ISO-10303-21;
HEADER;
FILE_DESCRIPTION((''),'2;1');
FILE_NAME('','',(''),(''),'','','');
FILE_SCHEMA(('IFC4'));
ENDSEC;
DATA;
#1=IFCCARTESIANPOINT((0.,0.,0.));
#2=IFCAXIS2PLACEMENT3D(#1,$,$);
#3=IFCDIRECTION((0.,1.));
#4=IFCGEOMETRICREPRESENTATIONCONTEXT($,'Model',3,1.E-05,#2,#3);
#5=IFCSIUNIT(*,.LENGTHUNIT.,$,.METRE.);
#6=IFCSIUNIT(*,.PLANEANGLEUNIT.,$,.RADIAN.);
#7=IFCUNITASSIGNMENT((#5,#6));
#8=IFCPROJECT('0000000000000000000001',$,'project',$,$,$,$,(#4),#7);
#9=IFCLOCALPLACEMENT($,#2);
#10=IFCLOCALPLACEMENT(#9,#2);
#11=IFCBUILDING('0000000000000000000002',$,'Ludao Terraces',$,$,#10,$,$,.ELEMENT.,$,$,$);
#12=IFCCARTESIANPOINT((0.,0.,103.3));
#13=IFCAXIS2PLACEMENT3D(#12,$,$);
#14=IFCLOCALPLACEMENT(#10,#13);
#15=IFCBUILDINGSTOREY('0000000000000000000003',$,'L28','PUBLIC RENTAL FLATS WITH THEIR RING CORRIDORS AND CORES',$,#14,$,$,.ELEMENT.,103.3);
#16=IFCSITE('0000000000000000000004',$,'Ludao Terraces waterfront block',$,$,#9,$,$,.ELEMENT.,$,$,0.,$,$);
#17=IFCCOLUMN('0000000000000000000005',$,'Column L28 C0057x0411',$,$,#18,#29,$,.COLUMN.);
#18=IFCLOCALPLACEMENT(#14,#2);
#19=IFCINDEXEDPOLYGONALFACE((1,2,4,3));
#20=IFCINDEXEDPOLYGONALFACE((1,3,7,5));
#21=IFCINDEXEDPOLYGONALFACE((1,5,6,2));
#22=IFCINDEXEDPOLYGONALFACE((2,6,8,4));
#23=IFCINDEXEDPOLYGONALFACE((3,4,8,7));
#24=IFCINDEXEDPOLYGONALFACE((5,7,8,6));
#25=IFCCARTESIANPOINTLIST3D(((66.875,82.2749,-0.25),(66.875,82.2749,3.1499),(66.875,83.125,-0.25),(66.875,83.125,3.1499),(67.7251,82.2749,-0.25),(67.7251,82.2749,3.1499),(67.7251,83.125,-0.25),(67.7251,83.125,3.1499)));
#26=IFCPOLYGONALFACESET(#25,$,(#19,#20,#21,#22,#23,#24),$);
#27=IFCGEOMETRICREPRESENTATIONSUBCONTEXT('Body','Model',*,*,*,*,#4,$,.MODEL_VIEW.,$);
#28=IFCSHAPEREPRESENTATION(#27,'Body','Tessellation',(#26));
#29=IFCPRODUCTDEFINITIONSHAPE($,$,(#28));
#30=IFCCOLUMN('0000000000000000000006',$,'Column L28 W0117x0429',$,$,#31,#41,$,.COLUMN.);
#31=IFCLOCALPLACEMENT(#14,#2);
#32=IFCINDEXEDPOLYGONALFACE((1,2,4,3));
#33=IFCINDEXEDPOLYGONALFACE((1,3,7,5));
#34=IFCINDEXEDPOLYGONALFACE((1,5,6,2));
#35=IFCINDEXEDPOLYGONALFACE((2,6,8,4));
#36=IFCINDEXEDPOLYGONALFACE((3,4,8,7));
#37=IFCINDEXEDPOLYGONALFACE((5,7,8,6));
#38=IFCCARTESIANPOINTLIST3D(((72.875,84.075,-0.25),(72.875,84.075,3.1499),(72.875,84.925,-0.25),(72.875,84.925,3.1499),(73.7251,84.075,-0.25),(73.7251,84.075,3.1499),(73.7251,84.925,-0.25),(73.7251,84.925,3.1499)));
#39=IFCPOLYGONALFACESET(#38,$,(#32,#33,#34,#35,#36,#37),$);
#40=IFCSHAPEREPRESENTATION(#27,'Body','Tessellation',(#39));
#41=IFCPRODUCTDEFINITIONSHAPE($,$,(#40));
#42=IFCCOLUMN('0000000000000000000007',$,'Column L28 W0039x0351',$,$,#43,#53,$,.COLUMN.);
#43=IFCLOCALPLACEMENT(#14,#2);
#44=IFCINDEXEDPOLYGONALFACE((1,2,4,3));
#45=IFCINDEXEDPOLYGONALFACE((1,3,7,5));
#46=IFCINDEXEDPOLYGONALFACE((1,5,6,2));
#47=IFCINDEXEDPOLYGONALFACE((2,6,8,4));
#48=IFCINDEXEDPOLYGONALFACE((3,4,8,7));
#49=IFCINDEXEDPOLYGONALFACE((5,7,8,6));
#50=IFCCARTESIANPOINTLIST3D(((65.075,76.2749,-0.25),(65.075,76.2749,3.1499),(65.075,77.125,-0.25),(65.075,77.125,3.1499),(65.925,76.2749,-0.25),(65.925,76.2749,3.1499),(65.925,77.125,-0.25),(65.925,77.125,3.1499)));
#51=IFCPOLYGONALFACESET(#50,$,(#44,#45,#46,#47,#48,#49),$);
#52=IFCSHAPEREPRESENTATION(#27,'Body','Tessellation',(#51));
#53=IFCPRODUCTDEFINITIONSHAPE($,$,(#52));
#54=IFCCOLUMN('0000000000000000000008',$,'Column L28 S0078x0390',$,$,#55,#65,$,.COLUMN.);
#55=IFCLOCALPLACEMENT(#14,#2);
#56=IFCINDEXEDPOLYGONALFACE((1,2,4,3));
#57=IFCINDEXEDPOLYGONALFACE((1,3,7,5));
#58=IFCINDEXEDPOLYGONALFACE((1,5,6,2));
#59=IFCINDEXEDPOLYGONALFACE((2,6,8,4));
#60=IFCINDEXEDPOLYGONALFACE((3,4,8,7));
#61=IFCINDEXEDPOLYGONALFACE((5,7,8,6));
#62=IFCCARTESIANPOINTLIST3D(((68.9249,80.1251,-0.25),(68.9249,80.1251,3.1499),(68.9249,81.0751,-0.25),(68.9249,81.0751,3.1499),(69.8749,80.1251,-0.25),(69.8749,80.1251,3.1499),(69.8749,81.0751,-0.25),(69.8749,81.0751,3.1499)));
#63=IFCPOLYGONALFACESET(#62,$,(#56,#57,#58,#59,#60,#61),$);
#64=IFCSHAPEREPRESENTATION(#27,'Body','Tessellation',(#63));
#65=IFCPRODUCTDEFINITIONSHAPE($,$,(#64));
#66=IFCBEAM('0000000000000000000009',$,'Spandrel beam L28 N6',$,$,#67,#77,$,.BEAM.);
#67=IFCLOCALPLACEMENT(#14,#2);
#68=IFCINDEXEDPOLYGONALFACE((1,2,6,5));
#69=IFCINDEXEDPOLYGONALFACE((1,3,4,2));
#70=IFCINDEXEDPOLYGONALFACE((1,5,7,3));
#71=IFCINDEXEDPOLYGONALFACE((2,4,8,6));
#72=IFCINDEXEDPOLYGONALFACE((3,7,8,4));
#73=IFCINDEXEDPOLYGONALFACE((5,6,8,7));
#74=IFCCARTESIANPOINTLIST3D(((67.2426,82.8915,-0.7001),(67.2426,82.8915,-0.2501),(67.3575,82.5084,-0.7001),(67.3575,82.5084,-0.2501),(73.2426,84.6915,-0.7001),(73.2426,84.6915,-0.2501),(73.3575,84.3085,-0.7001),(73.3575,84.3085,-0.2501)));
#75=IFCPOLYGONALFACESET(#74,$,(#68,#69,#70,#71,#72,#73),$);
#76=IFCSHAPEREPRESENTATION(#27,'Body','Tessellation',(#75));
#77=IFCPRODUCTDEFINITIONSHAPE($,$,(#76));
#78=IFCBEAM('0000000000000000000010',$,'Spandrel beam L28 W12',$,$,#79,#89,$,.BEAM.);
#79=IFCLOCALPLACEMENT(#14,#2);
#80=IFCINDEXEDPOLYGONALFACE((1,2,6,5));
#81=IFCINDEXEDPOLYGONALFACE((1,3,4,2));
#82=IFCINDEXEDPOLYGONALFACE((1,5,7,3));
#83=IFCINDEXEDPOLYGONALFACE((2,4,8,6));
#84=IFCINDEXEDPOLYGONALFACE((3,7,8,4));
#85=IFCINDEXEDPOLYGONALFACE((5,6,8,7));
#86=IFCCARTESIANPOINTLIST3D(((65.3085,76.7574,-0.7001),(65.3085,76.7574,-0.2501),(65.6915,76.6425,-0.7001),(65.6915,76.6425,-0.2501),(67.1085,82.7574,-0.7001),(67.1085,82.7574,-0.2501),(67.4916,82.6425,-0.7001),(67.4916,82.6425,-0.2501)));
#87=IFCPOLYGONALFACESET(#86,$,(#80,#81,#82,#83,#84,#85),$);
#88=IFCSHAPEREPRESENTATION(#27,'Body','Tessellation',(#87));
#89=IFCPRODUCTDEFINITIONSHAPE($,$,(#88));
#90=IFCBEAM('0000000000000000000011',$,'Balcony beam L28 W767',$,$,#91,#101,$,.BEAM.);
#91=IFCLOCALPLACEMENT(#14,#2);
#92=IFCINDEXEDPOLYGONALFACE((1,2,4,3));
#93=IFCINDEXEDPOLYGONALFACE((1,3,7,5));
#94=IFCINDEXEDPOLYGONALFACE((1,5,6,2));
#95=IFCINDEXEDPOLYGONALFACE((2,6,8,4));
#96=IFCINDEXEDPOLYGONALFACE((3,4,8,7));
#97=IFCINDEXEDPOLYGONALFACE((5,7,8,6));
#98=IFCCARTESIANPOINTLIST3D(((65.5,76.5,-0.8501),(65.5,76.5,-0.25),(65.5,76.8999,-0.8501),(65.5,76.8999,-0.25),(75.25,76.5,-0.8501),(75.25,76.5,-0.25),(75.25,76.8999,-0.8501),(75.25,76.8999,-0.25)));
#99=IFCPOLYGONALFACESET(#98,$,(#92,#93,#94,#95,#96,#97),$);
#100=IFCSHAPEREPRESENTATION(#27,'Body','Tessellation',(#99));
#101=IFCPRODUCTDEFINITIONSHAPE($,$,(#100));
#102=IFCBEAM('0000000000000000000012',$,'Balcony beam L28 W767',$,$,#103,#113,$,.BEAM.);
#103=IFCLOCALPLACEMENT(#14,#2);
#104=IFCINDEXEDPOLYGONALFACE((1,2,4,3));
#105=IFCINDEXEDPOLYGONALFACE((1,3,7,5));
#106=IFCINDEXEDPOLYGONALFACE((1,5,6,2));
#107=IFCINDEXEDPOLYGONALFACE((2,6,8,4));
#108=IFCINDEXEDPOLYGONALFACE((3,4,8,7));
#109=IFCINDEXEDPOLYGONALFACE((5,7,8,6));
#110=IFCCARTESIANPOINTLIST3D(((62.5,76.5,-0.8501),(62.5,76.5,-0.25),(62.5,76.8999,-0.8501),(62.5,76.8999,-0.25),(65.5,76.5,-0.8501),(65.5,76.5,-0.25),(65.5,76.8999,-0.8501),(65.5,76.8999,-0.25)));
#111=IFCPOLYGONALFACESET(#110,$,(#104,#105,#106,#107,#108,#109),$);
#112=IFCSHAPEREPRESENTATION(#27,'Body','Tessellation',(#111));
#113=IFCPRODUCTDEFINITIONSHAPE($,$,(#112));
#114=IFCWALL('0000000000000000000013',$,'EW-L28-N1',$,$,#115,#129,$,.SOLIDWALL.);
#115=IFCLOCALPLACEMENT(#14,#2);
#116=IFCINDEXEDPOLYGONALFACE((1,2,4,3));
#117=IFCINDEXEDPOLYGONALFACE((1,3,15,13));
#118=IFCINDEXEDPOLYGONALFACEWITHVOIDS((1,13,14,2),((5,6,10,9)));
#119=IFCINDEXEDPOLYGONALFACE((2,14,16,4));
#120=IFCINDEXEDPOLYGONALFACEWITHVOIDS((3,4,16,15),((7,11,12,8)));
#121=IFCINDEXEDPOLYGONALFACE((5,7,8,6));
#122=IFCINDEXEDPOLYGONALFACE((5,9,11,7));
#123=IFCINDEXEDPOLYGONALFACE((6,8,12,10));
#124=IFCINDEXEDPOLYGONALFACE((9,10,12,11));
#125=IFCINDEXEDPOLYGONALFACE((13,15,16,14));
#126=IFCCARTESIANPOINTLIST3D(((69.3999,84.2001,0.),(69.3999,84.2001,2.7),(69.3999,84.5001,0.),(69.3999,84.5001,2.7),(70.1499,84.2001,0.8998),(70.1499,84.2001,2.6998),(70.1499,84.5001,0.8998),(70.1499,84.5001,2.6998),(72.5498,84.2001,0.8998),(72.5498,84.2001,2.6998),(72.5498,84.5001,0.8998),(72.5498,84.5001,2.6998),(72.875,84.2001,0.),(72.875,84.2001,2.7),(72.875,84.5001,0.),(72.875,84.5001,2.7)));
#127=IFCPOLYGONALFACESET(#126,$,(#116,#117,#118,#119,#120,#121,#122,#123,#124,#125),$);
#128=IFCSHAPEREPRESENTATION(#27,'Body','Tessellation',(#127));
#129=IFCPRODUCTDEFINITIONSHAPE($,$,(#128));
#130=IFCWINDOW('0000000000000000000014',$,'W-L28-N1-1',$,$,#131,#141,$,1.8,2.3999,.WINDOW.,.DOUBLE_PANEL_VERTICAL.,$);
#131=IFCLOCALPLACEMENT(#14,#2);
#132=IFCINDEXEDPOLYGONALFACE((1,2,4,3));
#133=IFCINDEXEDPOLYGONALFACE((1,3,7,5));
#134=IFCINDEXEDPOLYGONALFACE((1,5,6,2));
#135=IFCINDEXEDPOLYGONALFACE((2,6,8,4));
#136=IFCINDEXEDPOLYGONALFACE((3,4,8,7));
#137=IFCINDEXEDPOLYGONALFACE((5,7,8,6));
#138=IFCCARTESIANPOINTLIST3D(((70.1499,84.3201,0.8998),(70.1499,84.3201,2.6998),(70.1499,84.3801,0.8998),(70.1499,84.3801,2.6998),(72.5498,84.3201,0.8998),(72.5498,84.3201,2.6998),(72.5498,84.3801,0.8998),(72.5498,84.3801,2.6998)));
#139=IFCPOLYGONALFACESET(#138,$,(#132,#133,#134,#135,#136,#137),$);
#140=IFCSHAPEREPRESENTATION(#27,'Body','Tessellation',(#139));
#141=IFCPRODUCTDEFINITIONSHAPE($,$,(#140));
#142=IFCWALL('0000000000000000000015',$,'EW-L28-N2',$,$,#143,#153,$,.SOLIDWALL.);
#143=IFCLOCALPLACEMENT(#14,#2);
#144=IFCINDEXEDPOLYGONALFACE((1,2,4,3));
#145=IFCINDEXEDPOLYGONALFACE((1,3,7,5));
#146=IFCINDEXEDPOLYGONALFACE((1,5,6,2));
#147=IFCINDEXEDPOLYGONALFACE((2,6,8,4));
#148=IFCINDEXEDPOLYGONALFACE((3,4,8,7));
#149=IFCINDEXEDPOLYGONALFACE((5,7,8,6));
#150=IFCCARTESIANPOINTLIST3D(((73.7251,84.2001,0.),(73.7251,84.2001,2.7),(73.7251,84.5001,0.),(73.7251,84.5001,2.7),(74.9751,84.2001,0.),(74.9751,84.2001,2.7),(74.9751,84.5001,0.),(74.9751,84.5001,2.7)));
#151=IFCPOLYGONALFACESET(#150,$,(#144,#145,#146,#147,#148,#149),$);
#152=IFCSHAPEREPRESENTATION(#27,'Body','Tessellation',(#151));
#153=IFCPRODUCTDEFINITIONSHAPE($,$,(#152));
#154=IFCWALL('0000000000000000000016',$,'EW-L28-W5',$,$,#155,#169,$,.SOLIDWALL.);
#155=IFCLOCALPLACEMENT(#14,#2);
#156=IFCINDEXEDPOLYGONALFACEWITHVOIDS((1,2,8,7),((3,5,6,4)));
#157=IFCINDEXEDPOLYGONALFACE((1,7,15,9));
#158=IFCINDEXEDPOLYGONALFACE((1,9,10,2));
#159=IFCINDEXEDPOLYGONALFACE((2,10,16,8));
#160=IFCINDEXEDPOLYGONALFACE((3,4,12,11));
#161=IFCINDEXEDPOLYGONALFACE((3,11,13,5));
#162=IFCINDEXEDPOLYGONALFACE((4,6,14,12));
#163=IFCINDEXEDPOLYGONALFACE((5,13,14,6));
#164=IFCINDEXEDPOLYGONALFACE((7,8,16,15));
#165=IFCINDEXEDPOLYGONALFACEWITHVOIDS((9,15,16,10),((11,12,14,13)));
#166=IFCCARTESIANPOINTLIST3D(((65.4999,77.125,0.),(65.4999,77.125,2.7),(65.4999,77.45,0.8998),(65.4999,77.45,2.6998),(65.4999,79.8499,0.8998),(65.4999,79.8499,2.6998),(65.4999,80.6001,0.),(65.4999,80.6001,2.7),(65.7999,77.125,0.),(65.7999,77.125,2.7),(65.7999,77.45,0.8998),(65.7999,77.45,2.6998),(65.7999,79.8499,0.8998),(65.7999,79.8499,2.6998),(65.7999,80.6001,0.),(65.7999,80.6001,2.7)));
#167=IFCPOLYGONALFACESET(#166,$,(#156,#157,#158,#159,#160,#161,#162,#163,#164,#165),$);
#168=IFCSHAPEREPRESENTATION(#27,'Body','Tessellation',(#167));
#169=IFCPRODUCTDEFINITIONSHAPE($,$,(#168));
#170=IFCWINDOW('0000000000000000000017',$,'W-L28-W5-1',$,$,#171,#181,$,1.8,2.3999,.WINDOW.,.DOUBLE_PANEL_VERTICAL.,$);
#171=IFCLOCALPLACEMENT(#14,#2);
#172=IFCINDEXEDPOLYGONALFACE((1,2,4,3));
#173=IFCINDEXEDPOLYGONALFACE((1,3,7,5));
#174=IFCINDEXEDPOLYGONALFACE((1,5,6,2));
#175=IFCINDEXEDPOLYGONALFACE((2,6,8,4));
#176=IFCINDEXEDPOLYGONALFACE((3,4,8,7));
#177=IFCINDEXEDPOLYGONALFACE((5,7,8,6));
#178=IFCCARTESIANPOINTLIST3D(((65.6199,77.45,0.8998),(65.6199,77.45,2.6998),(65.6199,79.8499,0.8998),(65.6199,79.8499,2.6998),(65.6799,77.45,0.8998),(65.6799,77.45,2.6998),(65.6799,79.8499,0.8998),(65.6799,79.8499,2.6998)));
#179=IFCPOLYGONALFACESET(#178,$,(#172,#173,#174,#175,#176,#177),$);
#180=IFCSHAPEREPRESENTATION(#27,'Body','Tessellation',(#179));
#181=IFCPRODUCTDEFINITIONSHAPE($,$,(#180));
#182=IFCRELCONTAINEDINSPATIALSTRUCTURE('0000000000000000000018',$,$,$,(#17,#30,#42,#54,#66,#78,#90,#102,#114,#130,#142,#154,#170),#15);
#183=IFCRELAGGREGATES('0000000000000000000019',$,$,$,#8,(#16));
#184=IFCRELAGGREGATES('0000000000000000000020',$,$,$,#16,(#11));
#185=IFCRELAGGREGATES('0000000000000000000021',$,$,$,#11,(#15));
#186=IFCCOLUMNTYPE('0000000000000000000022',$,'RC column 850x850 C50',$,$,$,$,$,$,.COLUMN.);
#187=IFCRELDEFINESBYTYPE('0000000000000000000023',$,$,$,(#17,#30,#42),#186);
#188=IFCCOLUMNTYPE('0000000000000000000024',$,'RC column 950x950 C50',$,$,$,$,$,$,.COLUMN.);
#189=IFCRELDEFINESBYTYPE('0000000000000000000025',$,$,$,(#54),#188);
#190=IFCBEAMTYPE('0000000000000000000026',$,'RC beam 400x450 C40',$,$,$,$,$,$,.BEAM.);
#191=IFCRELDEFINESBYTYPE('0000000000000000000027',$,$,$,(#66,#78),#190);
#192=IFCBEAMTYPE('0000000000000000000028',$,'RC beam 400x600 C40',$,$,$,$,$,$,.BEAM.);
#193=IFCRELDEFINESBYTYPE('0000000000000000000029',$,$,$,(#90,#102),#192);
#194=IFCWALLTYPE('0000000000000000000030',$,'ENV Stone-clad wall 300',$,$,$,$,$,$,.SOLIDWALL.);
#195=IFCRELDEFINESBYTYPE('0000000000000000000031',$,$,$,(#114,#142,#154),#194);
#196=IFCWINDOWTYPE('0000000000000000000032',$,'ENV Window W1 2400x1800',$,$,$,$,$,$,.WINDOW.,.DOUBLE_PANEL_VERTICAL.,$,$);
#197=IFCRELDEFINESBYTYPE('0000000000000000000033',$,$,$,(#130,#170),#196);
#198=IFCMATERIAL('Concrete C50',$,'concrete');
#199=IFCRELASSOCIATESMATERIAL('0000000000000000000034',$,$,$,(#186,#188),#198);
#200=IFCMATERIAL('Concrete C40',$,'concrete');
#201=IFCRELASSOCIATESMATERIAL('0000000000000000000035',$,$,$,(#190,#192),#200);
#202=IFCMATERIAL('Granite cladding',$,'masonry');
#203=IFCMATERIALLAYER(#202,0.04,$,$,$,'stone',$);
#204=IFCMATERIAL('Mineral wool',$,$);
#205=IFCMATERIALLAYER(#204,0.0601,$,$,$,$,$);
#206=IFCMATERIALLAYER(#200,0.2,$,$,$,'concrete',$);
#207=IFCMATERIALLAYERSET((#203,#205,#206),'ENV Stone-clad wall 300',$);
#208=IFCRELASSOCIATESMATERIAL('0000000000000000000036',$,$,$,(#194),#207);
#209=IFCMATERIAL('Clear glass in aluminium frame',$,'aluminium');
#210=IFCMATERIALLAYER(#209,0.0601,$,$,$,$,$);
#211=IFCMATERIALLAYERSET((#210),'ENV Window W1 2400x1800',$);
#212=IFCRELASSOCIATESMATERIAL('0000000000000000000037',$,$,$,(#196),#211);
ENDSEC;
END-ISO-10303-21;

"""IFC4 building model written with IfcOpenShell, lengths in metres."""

from ifc_helpers import new_model, si_unit, direction, frame, frame_2d, origin, origin_2d, place, context, subcontext, project, spatial, rectangle, extrude, material, layer, layer_set, material_profile, profile_set, type_object, element, fill, save


model = new_model("IFC4")

# Units and contexts
model_context = context("Model", 3, precision=1e-05, world=origin(), true_north=direction((0.0, 1.0)))
body_context = subcontext(model_context, "Body", "Model", "MODEL_VIEW")
ifc_project = project(units=[si_unit("LENGTHUNIT", "METRE"), si_unit("PLANEANGLEUNIT", "RADIAN")], contexts=[model_context])

# Site, building, storey
site_placement = place(None, origin())
site = spatial("IfcSite", under=ifc_project, at=site_placement, Name="Ludao Terraces waterfront block", CompositionType="ELEMENT", RefElevation=0.0)
building_placement = place(site_placement, origin())
building = spatial("IfcBuilding", under=site, at=building_placement, Name="Ludao Terraces", CompositionType="ELEMENT")
storey_placement = place(building_placement, frame((0.0, 0.0, 103.3)))
storey = spatial("IfcBuildingStorey", under=building, at=storey_placement, Name="L28", Description="PUBLIC RENTAL FLATS WITH THEIR RING CORRIDORS AND CORES", CompositionType="ELEMENT", Elevation=103.3)

# Columns
ifc_material_1 = material(Name="Concrete C50", Category="concrete")
ifc_material_profile_1 = material_profile(ifc_material_1, rectangle(XDim=0.8501, YDim=0.8501, at=origin_2d()), Name="850 X 850")
ifc_profile_set_1 = profile_set([ifc_material_profile_1], Name="Concrete C50")
column_type_1 = type_object("IfcColumnType", Name="RC column 850x850 C50", PredefinedType="COLUMN", material=ifc_profile_set_1)
for number, where, z_axis, x_axis, name in (
    (1, (67.3, 82.7, -0.25), (0.0, 0.0, 1.0), (1.0, 0.0, 0.0), "Column L28 C0057x0411"),
    (2, (73.3, 84.5, -0.25), (0.0, 0.0, 1.0), (1.0, 0.0, 0.0), "Column L28 W0117x0429"),
    (3, (65.5, 76.7, -0.25), (0.0, 0.0, 1.0), (1.0, 0.0, 0.0), "Column L28 W0039x0351"),
):
    element("IfcColumn", number, at=place(storey_placement, frame(where, z_axis=z_axis, x_axis=x_axis)), inside=storey, type_object=column_type_1, Name=name, PredefinedType="COLUMN", context=body_context, shape_type="SweptSolid", body=[
        extrude(rectangle(XDim=0.8501, YDim=0.8501, at=origin_2d()), origin(), (0.0, 0.0, 1.0), 3.3999),
    ])
ifc_material_profile_2 = material_profile(ifc_material_1, rectangle(XDim=0.95, YDim=0.95, at=origin_2d()), Name="950 X 950")
ifc_profile_set_2 = profile_set([ifc_material_profile_2], Name="Concrete C50")
column_type_2 = type_object("IfcColumnType", Name="RC column 950x950 C50", PredefinedType="COLUMN", material=ifc_profile_set_2)
column_placement = place(storey_placement, frame((69.3999, 80.6001, -0.25), z_axis=(0.0, 0.0, 1.0), x_axis=(1.0, 0.0, 0.0)))
element("IfcColumn", 4, at=column_placement, inside=storey, type_object=column_type_2, Name="Column L28 S0078x0390", PredefinedType="COLUMN", context=body_context, shape_type="SweptSolid", body=[
    extrude(rectangle(XDim=0.95, YDim=0.95, at=origin_2d()), origin(), (0.0, 0.0, 1.0), 3.3999),
])

# Beams
ifc_material_2 = material(Name="Concrete C40", Category="concrete")
ifc_material_profile_3 = material_profile(ifc_material_2, rectangle(XDim=0.3999, YDim=0.45, at=origin_2d()), Name="400 X 450")
ifc_profile_set_3 = profile_set([ifc_material_profile_3], Name="Concrete C40")
beam_type_1 = type_object("IfcBeamType", Name="RC beam 400x450 C40", PredefinedType="BEAM", material=ifc_profile_set_3)
for number, where, z_axis, x_axis, name in (
    (5, (67.3, 82.7, -0.4751), (0.957824, 0.287355, 0.0), (-0.287355, 0.957824, 0.0), "Spandrel beam L28 N6"),
    (6, (65.5, 76.7, -0.4751), (0.287355, 0.957824, 0.0), (-0.957824, 0.287355, 0.0), "Spandrel beam L28 W12"),
):
    element("IfcBeam", number, at=place(storey_placement, frame(where, z_axis=z_axis, x_axis=x_axis)), inside=storey, type_object=beam_type_1, Name=name, PredefinedType="BEAM", context=body_context, shape_type="SweptSolid", body=[
        extrude(rectangle(XDim=0.3999, YDim=0.45, at=origin_2d()), origin(), (0.0, 0.0, 1.0), 6.2642),
    ])
ifc_material_profile_4 = material_profile(ifc_material_2, rectangle(XDim=0.3999, YDim=0.6001, at=origin_2d()), Name="400 X 600")
ifc_profile_set_4 = profile_set([ifc_material_profile_4], Name="Concrete C40")
beam_type_2 = type_object("IfcBeamType", Name="RC beam 400x600 C40", PredefinedType="BEAM", material=ifc_profile_set_4)
beam_1_placement = place(storey_placement, frame((75.25, 76.7, -0.55), z_axis=(-1.0, 0.0, 0.0), x_axis=(0.0, -1.0, 0.0)))
element("IfcBeam", 7, at=beam_1_placement, inside=storey, type_object=beam_type_2, Name="Balcony beam L28 W767", PredefinedType="BEAM", context=body_context, shape_type="SweptSolid", body=[
    extrude(rectangle(XDim=0.3999, YDim=0.6001, at=origin_2d()), origin(), (0.0, 0.0, 1.0), 9.75),
])
beam_2_placement = place(storey_placement, frame((65.5, 76.7, -0.55), z_axis=(-1.0, 0.0, 0.0), x_axis=(0.0, -1.0, 0.0)))
element("IfcBeam", 8, at=beam_2_placement, inside=storey, type_object=beam_type_2, Name="Balcony beam L28 W767", PredefinedType="BEAM", context=body_context, shape_type="SweptSolid", body=[
    extrude(rectangle(XDim=0.3999, YDim=0.6001, at=origin_2d()), origin(), (0.0, 0.0, 1.0), 3.0),
])

# Wall, opening, window
ifc_material_3 = material(Name="Granite cladding", Category="masonry")
ifc_layer_1 = layer(ifc_material_3, 0.04, Category="stone")
ifc_material_4 = material(Name="Mineral wool")
ifc_layer_2 = layer(ifc_material_4, 0.0601)
ifc_layer_3 = layer(ifc_material_2, 0.2, Category="concrete")
ifc_layer_set_1 = layer_set([ifc_layer_1, ifc_layer_2, ifc_layer_3], Name="ENV Stone-clad wall 300")
wall_type_1 = type_object("IfcWallType", Name="ENV Stone-clad wall 300", PredefinedType="SOLIDWALL", material=ifc_layer_set_1)
wall_1_placement = place(storey_placement, frame((69.3999, 84.3501, 0.0), z_axis=(0.0, 0.0, 1.0), x_axis=(1.0, 0.0, 0.0)))
wall_1 = element("IfcWall", 9, at=wall_1_placement, inside=storey, type_object=wall_type_1, Name="EW-L28-N1", PredefinedType="SOLIDWALL", context=body_context, shape_type="SweptSolid", body=[
    extrude(rectangle(XDim=3.4751, YDim=0.3, at=frame_2d((1.7375, 0.0))), origin(), (0.0, 0.0, 1.0), 2.7),
])
opening_1_placement = place(wall_1_placement, frame((0.75, 0.0, 0.8999)))
opening_1 = element("IfcOpeningElement", 10, at=opening_1_placement, cuts=wall_1, PredefinedType="OPENING", context=body_context, shape_type="SweptSolid", body=[
    extrude(rectangle(XDim=2.3999, YDim=1.8, at=frame_2d((1.2, 0.8999))), frame((0.0, 0.1602, 0.0), z_axis=(0.0, -1.0, 0.0), x_axis=(1.0, 0.0, 0.0)), (0.0, 0.0, 1.0), 0.3201),
])
ifc_material_5 = material(Name="Clear glass in aluminium frame", Category="aluminium")
ifc_layer_4 = layer(ifc_material_5, 0.0601)
ifc_layer_set_2 = layer_set([ifc_layer_4], Name="ENV Window W1 2400x1800")
window_type_1 = type_object("IfcWindowType", Name="ENV Window W1 2400x1800", PartitioningType="DOUBLE_PANEL_VERTICAL", PredefinedType="WINDOW", material=ifc_layer_set_2)
window_1_placement = place(opening_1_placement, origin())
window_1 = element("IfcWindow", 11, at=window_1_placement, inside=storey, type_object=window_type_1, Name="W-L28-N1-1", OverallHeight=1.8, OverallWidth=2.3999, PartitioningType="DOUBLE_PANEL_VERTICAL", PredefinedType="WINDOW", context=body_context, shape_type="SweptSolid", body=[
    extrude(rectangle(XDim=2.3999, YDim=1.8, at=frame_2d((1.2, 0.8999))), frame((0.0, 0.03, 0.0), z_axis=(0.0, -1.0, 0.0), x_axis=(1.0, 0.0, 0.0)), (0.0, 0.0, 1.0), 0.0601),
])
fill(opening_1, window_1)

# Wall
wall_2_placement = place(storey_placement, frame((73.7251, 84.3501, 0.0), z_axis=(0.0, 0.0, 1.0), x_axis=(1.0, 0.0, 0.0)))
element("IfcWall", 12, at=wall_2_placement, inside=storey, type_object=wall_type_1, Name="EW-L28-N2", PredefinedType="SOLIDWALL", context=body_context, shape_type="SweptSolid", body=[
    extrude(rectangle(XDim=1.25, YDim=0.3, at=frame_2d((0.625, 0.0))), origin(), (0.0, 0.0, 1.0), 2.7),
])

# Wall, opening, window
wall_3_placement = place(storey_placement, frame((65.6499, 77.125, 0.0), z_axis=(0.0, 0.0, 1.0), x_axis=(0.0, 1.0, 0.0)))
wall_3 = element("IfcWall", 13, at=wall_3_placement, inside=storey, type_object=wall_type_1, Name="EW-L28-W5", PredefinedType="SOLIDWALL", context=body_context, shape_type="SweptSolid", body=[
    extrude(rectangle(XDim=3.4751, YDim=0.3, at=frame_2d((1.7375, 0.0))), origin(), (0.0, 0.0, 1.0), 2.7),
])
opening_2_placement = place(wall_3_placement, frame((0.325, 0.0, 0.8999)))
opening_2 = element("IfcOpeningElement", 14, at=opening_2_placement, cuts=wall_3, PredefinedType="OPENING", context=body_context, shape_type="SweptSolid", body=[
    extrude(rectangle(XDim=2.3999, YDim=1.8, at=frame_2d((1.2, 0.8999))), frame((0.0, 0.1602, 0.0), z_axis=(0.0, -1.0, 0.0), x_axis=(1.0, 0.0, 0.0)), (0.0, 0.0, 1.0), 0.3201),
])
window_2_placement = place(opening_2_placement, origin())
window_2 = element("IfcWindow", 15, at=window_2_placement, inside=storey, type_object=window_type_1, Name="W-L28-W5-1", OverallHeight=1.8, OverallWidth=2.3999, PartitioningType="DOUBLE_PANEL_VERTICAL", PredefinedType="WINDOW", context=body_context, shape_type="SweptSolid", body=[
    extrude(rectangle(XDim=2.3999, YDim=1.8, at=frame_2d((1.2, 0.8999))), frame((0.0, 0.03, 0.0), z_axis=(0.0, -1.0, 0.0), x_axis=(1.0, 0.0, 0.0)), (0.0, 0.0, 1.0), 0.0601),
])
fill(opening_2, window_2)

save(model, "model.ifc")
